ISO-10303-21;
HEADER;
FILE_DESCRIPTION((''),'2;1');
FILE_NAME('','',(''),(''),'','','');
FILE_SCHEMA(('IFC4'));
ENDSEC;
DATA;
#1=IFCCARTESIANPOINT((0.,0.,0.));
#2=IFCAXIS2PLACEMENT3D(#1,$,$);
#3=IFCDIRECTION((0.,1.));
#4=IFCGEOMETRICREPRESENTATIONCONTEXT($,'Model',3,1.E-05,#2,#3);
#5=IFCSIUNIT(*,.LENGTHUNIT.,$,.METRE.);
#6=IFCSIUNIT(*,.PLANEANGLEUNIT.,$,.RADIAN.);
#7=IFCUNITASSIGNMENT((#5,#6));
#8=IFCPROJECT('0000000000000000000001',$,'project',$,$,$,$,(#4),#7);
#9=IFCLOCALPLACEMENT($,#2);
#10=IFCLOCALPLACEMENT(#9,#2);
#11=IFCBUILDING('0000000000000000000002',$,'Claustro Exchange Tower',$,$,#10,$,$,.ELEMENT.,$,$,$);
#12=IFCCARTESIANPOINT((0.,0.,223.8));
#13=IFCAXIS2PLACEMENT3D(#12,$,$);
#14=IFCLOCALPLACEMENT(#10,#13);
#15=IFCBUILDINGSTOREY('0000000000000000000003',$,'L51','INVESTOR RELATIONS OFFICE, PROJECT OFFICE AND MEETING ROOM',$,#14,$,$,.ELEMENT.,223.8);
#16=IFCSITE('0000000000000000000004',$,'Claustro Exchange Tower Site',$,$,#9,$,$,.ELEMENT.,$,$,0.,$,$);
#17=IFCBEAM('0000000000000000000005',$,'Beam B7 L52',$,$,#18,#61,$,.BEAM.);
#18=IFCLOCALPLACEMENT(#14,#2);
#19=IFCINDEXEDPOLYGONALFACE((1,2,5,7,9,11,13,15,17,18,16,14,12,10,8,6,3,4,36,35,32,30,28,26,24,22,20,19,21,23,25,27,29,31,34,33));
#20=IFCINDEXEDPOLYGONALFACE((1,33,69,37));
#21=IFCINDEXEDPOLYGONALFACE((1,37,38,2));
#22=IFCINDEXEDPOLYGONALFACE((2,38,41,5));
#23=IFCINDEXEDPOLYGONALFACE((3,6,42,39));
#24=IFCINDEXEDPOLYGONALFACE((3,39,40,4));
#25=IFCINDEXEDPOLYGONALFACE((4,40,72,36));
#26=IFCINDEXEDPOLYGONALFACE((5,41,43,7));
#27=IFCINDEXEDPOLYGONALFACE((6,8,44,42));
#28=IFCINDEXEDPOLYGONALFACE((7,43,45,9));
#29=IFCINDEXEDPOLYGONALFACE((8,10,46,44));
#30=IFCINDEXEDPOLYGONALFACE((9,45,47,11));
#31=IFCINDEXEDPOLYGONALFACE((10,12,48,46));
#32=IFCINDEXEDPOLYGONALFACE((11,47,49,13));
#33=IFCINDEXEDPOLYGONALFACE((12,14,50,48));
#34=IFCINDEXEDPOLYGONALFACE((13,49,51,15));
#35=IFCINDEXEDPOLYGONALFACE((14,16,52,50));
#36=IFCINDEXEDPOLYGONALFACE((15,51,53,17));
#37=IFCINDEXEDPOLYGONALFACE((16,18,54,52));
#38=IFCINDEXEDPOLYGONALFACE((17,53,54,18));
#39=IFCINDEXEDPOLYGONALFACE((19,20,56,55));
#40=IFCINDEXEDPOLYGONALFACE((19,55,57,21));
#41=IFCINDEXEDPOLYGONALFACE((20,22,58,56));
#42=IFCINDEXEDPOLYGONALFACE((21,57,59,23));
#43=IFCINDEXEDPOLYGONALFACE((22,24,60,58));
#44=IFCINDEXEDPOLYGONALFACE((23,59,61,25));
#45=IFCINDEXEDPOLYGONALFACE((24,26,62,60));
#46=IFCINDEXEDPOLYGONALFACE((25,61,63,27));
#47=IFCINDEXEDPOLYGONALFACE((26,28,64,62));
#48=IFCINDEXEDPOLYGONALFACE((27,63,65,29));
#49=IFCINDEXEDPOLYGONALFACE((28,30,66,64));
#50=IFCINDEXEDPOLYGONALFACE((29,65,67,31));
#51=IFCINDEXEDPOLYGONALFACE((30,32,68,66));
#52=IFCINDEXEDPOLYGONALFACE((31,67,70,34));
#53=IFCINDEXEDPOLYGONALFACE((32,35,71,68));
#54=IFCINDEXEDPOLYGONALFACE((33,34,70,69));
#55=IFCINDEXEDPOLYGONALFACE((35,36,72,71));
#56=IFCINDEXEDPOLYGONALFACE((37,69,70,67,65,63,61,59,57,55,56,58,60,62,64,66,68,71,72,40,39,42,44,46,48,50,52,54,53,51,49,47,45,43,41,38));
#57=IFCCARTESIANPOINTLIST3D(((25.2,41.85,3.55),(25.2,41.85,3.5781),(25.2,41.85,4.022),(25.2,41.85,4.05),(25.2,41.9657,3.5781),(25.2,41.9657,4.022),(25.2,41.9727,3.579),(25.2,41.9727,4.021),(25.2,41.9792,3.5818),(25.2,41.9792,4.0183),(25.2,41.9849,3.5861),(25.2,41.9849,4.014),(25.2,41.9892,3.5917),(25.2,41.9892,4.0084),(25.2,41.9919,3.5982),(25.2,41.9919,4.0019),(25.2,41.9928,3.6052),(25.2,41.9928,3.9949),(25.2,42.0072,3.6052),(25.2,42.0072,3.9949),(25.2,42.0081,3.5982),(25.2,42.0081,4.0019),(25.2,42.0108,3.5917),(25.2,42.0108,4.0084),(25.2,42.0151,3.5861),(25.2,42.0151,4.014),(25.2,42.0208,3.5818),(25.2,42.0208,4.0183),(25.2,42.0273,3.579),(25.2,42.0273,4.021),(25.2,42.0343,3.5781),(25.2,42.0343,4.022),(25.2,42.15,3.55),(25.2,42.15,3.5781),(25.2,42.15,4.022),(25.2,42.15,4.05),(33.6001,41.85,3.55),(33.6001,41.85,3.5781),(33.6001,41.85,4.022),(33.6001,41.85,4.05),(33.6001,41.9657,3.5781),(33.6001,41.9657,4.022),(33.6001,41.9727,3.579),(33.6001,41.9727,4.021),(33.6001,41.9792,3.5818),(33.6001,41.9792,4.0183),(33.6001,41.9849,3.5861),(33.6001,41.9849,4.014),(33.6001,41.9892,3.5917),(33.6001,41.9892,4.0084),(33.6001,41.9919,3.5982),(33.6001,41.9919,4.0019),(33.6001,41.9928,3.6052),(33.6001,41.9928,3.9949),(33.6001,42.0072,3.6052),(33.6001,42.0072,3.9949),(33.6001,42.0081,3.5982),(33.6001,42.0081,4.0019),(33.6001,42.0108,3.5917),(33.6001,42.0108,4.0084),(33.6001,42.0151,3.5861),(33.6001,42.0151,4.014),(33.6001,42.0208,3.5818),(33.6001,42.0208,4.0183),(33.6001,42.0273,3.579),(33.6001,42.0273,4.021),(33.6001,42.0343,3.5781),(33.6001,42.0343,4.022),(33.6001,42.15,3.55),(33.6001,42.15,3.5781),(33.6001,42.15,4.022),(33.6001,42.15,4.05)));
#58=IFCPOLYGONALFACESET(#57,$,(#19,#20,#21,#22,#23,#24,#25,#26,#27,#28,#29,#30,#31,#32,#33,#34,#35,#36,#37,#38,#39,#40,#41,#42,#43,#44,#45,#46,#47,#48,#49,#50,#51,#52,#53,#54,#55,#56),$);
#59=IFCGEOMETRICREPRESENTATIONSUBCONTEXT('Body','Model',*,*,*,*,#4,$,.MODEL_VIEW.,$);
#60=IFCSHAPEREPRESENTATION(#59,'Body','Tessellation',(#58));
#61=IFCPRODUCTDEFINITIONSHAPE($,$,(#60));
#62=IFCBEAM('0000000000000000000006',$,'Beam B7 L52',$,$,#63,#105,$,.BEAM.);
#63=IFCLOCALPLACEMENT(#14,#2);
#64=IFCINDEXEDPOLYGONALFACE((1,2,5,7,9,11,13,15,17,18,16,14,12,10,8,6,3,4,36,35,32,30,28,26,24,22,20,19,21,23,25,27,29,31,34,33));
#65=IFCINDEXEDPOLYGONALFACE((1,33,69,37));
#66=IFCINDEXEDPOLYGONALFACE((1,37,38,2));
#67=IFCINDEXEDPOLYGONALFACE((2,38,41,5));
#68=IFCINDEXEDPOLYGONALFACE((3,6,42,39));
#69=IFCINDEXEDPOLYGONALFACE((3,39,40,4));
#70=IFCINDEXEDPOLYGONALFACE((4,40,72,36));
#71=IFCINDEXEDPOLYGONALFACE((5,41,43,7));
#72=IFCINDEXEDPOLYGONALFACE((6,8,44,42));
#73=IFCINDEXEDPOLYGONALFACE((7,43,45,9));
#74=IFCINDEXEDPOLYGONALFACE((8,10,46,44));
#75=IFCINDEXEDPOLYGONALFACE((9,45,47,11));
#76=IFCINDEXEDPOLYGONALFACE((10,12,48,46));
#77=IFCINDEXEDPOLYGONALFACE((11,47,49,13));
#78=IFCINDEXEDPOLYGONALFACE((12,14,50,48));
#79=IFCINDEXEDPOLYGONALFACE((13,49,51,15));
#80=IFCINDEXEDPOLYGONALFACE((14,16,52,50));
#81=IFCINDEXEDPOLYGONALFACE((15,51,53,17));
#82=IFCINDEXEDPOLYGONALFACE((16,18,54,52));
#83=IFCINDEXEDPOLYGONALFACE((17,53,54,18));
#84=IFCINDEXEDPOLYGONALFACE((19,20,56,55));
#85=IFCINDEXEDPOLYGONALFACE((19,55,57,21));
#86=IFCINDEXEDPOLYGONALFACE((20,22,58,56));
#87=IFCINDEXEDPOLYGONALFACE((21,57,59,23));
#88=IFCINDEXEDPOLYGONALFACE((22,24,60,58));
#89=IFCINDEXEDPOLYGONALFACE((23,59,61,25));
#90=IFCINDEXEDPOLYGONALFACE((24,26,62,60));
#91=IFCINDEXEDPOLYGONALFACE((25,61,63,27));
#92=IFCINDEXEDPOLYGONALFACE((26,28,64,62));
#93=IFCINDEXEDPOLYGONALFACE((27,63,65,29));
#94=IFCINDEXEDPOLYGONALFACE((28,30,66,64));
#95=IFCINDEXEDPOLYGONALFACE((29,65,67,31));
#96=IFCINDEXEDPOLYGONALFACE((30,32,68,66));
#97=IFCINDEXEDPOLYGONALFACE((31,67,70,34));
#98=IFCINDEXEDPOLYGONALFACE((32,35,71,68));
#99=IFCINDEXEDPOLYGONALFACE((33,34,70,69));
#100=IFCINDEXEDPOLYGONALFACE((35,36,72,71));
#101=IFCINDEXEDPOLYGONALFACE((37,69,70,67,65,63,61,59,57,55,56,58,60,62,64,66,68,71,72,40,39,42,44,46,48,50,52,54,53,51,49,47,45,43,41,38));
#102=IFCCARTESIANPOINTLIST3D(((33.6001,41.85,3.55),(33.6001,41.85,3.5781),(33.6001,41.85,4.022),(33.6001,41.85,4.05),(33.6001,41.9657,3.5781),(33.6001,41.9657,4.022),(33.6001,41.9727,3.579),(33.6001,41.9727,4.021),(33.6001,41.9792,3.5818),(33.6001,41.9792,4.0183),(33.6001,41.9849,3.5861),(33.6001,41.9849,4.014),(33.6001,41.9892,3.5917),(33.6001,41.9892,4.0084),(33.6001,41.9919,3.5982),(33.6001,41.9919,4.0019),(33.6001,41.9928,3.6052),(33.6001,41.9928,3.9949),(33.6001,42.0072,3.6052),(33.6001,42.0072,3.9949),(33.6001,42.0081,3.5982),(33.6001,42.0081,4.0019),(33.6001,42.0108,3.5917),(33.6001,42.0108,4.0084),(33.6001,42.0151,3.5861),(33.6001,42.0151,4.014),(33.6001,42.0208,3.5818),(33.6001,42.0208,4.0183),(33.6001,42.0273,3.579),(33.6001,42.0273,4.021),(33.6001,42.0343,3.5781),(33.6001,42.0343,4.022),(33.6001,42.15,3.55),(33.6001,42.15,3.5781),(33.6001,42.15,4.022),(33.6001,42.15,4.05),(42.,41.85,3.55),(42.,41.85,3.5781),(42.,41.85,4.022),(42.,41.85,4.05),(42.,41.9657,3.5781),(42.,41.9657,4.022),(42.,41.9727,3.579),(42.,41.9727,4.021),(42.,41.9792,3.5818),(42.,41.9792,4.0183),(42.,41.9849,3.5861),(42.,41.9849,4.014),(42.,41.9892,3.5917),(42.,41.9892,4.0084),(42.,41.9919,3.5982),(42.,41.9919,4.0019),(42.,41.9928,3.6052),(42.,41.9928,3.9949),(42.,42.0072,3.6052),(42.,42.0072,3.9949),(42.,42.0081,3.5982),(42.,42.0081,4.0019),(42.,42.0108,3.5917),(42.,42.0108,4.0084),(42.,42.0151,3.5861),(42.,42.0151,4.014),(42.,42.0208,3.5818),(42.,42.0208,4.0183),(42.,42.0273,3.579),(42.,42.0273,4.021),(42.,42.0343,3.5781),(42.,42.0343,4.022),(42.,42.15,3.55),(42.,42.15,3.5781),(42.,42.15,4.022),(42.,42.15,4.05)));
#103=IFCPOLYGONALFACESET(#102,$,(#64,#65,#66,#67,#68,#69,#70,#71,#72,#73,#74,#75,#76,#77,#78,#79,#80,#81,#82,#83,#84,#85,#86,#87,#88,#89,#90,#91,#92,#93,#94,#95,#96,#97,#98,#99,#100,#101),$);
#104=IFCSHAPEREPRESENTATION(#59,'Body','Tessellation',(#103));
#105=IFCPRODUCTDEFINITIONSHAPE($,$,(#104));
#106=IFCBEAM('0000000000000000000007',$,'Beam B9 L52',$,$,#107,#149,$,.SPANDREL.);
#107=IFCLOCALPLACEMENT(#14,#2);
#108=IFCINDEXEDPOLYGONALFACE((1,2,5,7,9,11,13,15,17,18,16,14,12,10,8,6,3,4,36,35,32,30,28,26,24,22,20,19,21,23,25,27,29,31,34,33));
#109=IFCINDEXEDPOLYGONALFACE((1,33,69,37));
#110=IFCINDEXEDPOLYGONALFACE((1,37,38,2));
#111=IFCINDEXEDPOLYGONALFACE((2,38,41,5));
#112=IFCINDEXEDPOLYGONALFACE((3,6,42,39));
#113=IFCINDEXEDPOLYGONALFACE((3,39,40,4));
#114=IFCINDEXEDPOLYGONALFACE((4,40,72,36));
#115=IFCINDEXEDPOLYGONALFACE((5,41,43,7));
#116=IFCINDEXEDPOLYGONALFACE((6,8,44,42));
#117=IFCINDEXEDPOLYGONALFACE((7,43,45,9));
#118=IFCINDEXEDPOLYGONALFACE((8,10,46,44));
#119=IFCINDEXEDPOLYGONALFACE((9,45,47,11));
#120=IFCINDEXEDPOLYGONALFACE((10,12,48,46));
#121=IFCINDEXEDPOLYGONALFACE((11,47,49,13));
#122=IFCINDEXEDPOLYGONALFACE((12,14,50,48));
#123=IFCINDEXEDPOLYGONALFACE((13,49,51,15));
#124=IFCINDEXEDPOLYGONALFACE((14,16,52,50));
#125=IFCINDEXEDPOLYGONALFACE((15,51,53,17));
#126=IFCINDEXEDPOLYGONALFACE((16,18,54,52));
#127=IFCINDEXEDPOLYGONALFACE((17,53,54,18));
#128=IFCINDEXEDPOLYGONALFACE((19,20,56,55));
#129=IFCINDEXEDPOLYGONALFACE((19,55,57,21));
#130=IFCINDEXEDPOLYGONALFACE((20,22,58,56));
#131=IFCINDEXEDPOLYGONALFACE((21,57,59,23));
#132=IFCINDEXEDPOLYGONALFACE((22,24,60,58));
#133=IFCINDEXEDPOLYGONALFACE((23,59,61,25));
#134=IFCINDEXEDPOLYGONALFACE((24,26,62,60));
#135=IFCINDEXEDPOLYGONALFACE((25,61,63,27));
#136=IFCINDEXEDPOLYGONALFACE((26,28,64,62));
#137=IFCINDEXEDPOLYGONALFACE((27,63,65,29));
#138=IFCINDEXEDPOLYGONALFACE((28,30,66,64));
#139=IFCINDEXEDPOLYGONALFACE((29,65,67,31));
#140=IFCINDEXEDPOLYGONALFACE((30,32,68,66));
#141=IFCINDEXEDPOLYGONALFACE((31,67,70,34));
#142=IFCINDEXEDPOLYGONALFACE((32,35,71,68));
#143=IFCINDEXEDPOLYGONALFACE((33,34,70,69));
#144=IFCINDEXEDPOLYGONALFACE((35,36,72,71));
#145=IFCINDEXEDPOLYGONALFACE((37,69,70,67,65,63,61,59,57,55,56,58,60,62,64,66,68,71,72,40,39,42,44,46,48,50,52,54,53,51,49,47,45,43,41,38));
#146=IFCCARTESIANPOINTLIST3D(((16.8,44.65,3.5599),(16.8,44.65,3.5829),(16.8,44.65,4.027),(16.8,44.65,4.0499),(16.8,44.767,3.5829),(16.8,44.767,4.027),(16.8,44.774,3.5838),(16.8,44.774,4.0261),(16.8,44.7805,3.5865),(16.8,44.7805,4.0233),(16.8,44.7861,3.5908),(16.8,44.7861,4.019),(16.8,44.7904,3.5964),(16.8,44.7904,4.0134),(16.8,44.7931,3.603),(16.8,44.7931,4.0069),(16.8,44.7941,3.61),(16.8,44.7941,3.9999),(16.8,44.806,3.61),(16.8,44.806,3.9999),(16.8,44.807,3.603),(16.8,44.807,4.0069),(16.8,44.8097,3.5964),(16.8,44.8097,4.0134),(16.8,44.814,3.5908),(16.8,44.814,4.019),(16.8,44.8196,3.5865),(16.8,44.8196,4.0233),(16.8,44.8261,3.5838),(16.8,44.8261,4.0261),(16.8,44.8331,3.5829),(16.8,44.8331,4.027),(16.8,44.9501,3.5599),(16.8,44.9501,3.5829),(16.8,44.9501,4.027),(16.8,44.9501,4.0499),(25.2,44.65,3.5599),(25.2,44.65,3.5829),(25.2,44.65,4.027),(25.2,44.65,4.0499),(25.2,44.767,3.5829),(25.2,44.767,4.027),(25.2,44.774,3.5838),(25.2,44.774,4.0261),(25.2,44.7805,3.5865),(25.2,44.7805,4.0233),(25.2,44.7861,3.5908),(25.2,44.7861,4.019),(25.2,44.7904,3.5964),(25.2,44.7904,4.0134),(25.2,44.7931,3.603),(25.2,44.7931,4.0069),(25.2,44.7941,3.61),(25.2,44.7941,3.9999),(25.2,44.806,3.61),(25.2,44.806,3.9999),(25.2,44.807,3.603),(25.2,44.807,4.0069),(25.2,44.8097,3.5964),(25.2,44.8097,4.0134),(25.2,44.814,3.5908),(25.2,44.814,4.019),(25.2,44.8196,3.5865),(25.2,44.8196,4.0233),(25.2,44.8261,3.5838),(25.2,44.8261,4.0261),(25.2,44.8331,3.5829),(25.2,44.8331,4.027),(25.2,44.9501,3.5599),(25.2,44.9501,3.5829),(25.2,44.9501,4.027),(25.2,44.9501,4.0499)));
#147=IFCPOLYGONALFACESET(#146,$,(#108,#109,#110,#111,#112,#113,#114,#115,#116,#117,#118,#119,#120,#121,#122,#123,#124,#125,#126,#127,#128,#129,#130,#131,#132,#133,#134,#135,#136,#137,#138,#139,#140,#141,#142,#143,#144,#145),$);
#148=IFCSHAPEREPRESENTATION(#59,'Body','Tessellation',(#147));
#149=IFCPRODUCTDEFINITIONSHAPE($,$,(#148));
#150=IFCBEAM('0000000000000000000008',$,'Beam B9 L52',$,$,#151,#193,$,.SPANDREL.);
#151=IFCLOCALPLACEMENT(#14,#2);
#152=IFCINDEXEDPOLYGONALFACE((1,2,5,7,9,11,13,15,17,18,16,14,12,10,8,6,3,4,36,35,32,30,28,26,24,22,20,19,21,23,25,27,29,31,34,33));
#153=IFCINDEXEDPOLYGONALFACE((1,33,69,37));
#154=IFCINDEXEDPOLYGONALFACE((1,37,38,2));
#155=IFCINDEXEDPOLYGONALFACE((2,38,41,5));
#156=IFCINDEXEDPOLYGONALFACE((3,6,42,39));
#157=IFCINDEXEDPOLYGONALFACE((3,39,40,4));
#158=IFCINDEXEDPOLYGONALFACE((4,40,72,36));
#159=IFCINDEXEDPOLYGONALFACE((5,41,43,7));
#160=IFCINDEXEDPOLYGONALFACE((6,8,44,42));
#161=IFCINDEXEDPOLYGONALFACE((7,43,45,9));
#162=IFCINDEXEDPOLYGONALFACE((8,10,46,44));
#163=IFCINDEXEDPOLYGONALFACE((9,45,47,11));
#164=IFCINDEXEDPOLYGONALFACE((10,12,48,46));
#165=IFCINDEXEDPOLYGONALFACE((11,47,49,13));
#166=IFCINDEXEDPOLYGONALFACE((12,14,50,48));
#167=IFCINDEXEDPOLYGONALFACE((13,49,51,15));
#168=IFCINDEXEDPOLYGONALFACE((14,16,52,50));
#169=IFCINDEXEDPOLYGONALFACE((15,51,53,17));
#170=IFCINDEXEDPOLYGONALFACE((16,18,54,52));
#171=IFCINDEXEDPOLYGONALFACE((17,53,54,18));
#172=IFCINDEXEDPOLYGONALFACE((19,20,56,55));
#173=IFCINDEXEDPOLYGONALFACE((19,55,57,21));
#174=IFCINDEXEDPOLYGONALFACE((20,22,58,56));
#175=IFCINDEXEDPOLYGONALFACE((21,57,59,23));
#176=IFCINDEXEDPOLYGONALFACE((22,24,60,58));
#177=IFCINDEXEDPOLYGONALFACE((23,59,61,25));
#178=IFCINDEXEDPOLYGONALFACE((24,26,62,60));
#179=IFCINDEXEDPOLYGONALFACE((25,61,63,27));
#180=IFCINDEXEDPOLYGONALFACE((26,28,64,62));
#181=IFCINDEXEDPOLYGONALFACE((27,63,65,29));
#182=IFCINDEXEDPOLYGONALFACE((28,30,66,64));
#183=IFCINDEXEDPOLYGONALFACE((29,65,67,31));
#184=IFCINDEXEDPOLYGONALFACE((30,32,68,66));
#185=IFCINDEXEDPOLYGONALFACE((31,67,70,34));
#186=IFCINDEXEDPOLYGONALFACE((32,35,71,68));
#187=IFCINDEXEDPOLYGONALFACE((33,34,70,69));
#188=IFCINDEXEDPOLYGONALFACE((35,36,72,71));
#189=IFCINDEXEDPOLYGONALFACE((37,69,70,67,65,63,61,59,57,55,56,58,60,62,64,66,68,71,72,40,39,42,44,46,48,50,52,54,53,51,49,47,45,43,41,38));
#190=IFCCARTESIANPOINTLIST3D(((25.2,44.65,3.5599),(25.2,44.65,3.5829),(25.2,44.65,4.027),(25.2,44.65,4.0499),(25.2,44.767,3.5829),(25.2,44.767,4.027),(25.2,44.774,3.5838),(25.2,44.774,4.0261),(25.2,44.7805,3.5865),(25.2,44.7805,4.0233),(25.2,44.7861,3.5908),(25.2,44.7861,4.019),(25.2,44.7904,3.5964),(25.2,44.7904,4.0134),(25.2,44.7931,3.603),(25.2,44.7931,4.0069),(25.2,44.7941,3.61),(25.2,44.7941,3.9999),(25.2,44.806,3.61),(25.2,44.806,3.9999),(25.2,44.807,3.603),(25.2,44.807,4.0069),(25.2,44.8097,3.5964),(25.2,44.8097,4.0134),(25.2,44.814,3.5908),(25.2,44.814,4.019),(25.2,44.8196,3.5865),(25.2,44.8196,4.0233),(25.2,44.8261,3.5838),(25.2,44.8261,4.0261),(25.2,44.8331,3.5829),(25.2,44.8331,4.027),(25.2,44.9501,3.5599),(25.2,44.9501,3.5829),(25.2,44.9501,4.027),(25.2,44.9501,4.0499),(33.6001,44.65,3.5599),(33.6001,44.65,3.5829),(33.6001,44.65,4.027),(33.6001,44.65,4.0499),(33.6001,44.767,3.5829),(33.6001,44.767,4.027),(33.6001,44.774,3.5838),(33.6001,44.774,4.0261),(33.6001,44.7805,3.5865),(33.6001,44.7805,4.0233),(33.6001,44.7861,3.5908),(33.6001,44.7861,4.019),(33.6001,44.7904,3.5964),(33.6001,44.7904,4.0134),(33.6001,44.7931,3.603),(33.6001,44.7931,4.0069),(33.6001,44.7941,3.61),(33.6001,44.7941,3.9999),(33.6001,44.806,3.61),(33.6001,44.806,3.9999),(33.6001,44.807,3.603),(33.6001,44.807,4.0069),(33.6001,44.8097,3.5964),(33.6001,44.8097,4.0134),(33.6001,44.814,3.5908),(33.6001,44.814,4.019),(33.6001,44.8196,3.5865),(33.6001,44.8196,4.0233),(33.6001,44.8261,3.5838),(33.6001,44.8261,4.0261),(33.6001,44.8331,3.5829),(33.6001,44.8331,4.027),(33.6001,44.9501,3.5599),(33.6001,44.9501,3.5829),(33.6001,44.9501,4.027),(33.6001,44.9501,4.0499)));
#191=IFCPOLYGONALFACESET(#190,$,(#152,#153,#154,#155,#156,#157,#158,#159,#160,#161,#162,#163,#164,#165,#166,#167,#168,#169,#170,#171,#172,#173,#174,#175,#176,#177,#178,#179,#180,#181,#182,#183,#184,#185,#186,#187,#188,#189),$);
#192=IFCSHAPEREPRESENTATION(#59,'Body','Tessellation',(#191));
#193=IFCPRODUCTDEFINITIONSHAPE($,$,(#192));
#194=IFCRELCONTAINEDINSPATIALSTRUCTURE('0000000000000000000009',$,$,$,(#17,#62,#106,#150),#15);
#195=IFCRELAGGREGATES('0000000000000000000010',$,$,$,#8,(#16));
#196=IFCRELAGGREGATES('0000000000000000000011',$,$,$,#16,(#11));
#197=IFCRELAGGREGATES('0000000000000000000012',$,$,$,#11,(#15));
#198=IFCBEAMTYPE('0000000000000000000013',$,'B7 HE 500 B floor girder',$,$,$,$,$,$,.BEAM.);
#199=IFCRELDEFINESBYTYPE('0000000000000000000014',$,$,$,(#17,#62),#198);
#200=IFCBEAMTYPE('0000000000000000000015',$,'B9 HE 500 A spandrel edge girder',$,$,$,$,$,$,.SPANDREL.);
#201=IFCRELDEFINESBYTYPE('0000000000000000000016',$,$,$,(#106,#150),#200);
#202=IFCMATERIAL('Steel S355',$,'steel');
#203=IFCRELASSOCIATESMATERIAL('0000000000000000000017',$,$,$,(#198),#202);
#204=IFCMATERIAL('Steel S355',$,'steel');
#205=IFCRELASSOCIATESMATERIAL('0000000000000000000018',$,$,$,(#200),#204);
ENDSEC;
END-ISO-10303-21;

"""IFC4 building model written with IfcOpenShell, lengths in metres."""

from ifc_helpers import new_model, si_unit, direction, frame, origin, origin_2d, place, context, subcontext, project, spatial, i_section, extrude, material, material_profile, profile_set, type_object, element, save


model = new_model("IFC4")

# Units and contexts
model_context = context("Model", 3, precision=1e-05, world=origin(), true_north=direction((0.0, 1.0)))
body_context = subcontext(model_context, "Body", "Model", "MODEL_VIEW")
ifc_project = project(units=[si_unit("LENGTHUNIT", "METRE"), si_unit("PLANEANGLEUNIT", "RADIAN")], contexts=[model_context])

# Site, building, storey
site_placement = place(None, origin())
site = spatial("IfcSite", under=ifc_project, at=site_placement, Name="Claustro Exchange Tower Site", CompositionType="ELEMENT", RefElevation=0.0)
building_placement = place(site_placement, origin())
building = spatial("IfcBuilding", under=site, at=building_placement, Name="Claustro Exchange Tower", CompositionType="ELEMENT")
storey_placement = place(building_placement, frame((0.0, 0.0, 223.8)))
storey = spatial("IfcBuildingStorey", under=building, at=storey_placement, Name="L51", Description="INVESTOR RELATIONS OFFICE, PROJECT OFFICE AND MEETING ROOM", CompositionType="ELEMENT", Elevation=223.8)

# Beams
ifc_material_1 = material(Name="Steel S355", Category="steel")
ifc_material_profile_1 = material_profile(ifc_material_1, i_section(OverallWidth=0.3, OverallDepth=0.5, WebThickness=0.0144, FlangeThickness=0.0281, FilletRadius=0.0271, at=origin_2d()), Name="HE 500 B")
ifc_profile_set_1 = profile_set([ifc_material_profile_1], Name="Steel S355")
beam_type_1 = type_object("IfcBeamType", Name="B7 HE 500 B floor girder", PredefinedType="BEAM", material=ifc_profile_set_1)
beam_1_placement = place(storey_placement, frame((25.2, 42.0, 3.8), z_axis=(1.0, 0.0, 0.0), x_axis=(0.0, 1.0, 0.0)))
element("IfcBeam", 1, at=beam_1_placement, inside=storey, type_object=beam_type_1, Name="Beam B7 L52", PredefinedType="BEAM", context=body_context, shape_type="SweptSolid", body=[
    extrude(i_section(OverallWidth=0.3, OverallDepth=0.5, WebThickness=0.0144, FlangeThickness=0.0281, FilletRadius=0.0271, at=origin_2d()), origin(), (0.0, 0.0, 1.0), 8.4001),
])
beam_2_placement = place(storey_placement, frame((33.6001, 42.0, 3.8), z_axis=(1.0, 0.0, 0.0), x_axis=(0.0, 1.0, 0.0)))
element("IfcBeam", 2, at=beam_2_placement, inside=storey, type_object=beam_type_1, Name="Beam B7 L52", PredefinedType="BEAM", context=body_context, shape_type="SweptSolid", body=[
    extrude(i_section(OverallWidth=0.3, OverallDepth=0.5, WebThickness=0.0144, FlangeThickness=0.0281, FilletRadius=0.0271, at=origin_2d()), origin(), (0.0, 0.0, 1.0), 8.3999),
])
ifc_material_2 = material(Name="Steel S355", Category="steel")
ifc_material_profile_2 = material_profile(ifc_material_2, i_section(OverallWidth=0.3, OverallDepth=0.49, WebThickness=0.012, FlangeThickness=0.0229, FilletRadius=0.0271, at=origin_2d()), Name="HE 500 A")
ifc_profile_set_2 = profile_set([ifc_material_profile_2], Name="Steel S355")
beam_type_2 = type_object("IfcBeamType", Name="B9 HE 500 A spandrel edge girder", PredefinedType="SPANDREL", material=ifc_profile_set_2)
beam_3_placement = place(storey_placement, frame((16.8, 44.8, 3.8049), z_axis=(1.0, 0.0, 0.0), x_axis=(0.0, 1.0, 0.0)))
element("IfcBeam", 3, at=beam_3_placement, inside=storey, type_object=beam_type_2, Name="Beam B9 L52", PredefinedType="SPANDREL", context=body_context, shape_type="SweptSolid", body=[
    extrude(i_section(OverallWidth=0.3, OverallDepth=0.49, WebThickness=0.012, FlangeThickness=0.0229, FilletRadius=0.0271, at=origin_2d()), origin(), (0.0, 0.0, 1.0), 8.3999),
])
beam_4_placement = place(storey_placement, frame((25.2, 44.8, 3.8049), z_axis=(1.0, 0.0, 0.0), x_axis=(0.0, 1.0, 0.0)))
element("IfcBeam", 4, at=beam_4_placement, inside=storey, type_object=beam_type_2, Name="Beam B9 L52", PredefinedType="SPANDREL", context=body_context, shape_type="SweptSolid", body=[
    extrude(i_section(OverallWidth=0.3, OverallDepth=0.49, WebThickness=0.012, FlangeThickness=0.0229, FilletRadius=0.0271, at=origin_2d()), origin(), (0.0, 0.0, 1.0), 8.4001),
])

save(model, "model.ifc")
